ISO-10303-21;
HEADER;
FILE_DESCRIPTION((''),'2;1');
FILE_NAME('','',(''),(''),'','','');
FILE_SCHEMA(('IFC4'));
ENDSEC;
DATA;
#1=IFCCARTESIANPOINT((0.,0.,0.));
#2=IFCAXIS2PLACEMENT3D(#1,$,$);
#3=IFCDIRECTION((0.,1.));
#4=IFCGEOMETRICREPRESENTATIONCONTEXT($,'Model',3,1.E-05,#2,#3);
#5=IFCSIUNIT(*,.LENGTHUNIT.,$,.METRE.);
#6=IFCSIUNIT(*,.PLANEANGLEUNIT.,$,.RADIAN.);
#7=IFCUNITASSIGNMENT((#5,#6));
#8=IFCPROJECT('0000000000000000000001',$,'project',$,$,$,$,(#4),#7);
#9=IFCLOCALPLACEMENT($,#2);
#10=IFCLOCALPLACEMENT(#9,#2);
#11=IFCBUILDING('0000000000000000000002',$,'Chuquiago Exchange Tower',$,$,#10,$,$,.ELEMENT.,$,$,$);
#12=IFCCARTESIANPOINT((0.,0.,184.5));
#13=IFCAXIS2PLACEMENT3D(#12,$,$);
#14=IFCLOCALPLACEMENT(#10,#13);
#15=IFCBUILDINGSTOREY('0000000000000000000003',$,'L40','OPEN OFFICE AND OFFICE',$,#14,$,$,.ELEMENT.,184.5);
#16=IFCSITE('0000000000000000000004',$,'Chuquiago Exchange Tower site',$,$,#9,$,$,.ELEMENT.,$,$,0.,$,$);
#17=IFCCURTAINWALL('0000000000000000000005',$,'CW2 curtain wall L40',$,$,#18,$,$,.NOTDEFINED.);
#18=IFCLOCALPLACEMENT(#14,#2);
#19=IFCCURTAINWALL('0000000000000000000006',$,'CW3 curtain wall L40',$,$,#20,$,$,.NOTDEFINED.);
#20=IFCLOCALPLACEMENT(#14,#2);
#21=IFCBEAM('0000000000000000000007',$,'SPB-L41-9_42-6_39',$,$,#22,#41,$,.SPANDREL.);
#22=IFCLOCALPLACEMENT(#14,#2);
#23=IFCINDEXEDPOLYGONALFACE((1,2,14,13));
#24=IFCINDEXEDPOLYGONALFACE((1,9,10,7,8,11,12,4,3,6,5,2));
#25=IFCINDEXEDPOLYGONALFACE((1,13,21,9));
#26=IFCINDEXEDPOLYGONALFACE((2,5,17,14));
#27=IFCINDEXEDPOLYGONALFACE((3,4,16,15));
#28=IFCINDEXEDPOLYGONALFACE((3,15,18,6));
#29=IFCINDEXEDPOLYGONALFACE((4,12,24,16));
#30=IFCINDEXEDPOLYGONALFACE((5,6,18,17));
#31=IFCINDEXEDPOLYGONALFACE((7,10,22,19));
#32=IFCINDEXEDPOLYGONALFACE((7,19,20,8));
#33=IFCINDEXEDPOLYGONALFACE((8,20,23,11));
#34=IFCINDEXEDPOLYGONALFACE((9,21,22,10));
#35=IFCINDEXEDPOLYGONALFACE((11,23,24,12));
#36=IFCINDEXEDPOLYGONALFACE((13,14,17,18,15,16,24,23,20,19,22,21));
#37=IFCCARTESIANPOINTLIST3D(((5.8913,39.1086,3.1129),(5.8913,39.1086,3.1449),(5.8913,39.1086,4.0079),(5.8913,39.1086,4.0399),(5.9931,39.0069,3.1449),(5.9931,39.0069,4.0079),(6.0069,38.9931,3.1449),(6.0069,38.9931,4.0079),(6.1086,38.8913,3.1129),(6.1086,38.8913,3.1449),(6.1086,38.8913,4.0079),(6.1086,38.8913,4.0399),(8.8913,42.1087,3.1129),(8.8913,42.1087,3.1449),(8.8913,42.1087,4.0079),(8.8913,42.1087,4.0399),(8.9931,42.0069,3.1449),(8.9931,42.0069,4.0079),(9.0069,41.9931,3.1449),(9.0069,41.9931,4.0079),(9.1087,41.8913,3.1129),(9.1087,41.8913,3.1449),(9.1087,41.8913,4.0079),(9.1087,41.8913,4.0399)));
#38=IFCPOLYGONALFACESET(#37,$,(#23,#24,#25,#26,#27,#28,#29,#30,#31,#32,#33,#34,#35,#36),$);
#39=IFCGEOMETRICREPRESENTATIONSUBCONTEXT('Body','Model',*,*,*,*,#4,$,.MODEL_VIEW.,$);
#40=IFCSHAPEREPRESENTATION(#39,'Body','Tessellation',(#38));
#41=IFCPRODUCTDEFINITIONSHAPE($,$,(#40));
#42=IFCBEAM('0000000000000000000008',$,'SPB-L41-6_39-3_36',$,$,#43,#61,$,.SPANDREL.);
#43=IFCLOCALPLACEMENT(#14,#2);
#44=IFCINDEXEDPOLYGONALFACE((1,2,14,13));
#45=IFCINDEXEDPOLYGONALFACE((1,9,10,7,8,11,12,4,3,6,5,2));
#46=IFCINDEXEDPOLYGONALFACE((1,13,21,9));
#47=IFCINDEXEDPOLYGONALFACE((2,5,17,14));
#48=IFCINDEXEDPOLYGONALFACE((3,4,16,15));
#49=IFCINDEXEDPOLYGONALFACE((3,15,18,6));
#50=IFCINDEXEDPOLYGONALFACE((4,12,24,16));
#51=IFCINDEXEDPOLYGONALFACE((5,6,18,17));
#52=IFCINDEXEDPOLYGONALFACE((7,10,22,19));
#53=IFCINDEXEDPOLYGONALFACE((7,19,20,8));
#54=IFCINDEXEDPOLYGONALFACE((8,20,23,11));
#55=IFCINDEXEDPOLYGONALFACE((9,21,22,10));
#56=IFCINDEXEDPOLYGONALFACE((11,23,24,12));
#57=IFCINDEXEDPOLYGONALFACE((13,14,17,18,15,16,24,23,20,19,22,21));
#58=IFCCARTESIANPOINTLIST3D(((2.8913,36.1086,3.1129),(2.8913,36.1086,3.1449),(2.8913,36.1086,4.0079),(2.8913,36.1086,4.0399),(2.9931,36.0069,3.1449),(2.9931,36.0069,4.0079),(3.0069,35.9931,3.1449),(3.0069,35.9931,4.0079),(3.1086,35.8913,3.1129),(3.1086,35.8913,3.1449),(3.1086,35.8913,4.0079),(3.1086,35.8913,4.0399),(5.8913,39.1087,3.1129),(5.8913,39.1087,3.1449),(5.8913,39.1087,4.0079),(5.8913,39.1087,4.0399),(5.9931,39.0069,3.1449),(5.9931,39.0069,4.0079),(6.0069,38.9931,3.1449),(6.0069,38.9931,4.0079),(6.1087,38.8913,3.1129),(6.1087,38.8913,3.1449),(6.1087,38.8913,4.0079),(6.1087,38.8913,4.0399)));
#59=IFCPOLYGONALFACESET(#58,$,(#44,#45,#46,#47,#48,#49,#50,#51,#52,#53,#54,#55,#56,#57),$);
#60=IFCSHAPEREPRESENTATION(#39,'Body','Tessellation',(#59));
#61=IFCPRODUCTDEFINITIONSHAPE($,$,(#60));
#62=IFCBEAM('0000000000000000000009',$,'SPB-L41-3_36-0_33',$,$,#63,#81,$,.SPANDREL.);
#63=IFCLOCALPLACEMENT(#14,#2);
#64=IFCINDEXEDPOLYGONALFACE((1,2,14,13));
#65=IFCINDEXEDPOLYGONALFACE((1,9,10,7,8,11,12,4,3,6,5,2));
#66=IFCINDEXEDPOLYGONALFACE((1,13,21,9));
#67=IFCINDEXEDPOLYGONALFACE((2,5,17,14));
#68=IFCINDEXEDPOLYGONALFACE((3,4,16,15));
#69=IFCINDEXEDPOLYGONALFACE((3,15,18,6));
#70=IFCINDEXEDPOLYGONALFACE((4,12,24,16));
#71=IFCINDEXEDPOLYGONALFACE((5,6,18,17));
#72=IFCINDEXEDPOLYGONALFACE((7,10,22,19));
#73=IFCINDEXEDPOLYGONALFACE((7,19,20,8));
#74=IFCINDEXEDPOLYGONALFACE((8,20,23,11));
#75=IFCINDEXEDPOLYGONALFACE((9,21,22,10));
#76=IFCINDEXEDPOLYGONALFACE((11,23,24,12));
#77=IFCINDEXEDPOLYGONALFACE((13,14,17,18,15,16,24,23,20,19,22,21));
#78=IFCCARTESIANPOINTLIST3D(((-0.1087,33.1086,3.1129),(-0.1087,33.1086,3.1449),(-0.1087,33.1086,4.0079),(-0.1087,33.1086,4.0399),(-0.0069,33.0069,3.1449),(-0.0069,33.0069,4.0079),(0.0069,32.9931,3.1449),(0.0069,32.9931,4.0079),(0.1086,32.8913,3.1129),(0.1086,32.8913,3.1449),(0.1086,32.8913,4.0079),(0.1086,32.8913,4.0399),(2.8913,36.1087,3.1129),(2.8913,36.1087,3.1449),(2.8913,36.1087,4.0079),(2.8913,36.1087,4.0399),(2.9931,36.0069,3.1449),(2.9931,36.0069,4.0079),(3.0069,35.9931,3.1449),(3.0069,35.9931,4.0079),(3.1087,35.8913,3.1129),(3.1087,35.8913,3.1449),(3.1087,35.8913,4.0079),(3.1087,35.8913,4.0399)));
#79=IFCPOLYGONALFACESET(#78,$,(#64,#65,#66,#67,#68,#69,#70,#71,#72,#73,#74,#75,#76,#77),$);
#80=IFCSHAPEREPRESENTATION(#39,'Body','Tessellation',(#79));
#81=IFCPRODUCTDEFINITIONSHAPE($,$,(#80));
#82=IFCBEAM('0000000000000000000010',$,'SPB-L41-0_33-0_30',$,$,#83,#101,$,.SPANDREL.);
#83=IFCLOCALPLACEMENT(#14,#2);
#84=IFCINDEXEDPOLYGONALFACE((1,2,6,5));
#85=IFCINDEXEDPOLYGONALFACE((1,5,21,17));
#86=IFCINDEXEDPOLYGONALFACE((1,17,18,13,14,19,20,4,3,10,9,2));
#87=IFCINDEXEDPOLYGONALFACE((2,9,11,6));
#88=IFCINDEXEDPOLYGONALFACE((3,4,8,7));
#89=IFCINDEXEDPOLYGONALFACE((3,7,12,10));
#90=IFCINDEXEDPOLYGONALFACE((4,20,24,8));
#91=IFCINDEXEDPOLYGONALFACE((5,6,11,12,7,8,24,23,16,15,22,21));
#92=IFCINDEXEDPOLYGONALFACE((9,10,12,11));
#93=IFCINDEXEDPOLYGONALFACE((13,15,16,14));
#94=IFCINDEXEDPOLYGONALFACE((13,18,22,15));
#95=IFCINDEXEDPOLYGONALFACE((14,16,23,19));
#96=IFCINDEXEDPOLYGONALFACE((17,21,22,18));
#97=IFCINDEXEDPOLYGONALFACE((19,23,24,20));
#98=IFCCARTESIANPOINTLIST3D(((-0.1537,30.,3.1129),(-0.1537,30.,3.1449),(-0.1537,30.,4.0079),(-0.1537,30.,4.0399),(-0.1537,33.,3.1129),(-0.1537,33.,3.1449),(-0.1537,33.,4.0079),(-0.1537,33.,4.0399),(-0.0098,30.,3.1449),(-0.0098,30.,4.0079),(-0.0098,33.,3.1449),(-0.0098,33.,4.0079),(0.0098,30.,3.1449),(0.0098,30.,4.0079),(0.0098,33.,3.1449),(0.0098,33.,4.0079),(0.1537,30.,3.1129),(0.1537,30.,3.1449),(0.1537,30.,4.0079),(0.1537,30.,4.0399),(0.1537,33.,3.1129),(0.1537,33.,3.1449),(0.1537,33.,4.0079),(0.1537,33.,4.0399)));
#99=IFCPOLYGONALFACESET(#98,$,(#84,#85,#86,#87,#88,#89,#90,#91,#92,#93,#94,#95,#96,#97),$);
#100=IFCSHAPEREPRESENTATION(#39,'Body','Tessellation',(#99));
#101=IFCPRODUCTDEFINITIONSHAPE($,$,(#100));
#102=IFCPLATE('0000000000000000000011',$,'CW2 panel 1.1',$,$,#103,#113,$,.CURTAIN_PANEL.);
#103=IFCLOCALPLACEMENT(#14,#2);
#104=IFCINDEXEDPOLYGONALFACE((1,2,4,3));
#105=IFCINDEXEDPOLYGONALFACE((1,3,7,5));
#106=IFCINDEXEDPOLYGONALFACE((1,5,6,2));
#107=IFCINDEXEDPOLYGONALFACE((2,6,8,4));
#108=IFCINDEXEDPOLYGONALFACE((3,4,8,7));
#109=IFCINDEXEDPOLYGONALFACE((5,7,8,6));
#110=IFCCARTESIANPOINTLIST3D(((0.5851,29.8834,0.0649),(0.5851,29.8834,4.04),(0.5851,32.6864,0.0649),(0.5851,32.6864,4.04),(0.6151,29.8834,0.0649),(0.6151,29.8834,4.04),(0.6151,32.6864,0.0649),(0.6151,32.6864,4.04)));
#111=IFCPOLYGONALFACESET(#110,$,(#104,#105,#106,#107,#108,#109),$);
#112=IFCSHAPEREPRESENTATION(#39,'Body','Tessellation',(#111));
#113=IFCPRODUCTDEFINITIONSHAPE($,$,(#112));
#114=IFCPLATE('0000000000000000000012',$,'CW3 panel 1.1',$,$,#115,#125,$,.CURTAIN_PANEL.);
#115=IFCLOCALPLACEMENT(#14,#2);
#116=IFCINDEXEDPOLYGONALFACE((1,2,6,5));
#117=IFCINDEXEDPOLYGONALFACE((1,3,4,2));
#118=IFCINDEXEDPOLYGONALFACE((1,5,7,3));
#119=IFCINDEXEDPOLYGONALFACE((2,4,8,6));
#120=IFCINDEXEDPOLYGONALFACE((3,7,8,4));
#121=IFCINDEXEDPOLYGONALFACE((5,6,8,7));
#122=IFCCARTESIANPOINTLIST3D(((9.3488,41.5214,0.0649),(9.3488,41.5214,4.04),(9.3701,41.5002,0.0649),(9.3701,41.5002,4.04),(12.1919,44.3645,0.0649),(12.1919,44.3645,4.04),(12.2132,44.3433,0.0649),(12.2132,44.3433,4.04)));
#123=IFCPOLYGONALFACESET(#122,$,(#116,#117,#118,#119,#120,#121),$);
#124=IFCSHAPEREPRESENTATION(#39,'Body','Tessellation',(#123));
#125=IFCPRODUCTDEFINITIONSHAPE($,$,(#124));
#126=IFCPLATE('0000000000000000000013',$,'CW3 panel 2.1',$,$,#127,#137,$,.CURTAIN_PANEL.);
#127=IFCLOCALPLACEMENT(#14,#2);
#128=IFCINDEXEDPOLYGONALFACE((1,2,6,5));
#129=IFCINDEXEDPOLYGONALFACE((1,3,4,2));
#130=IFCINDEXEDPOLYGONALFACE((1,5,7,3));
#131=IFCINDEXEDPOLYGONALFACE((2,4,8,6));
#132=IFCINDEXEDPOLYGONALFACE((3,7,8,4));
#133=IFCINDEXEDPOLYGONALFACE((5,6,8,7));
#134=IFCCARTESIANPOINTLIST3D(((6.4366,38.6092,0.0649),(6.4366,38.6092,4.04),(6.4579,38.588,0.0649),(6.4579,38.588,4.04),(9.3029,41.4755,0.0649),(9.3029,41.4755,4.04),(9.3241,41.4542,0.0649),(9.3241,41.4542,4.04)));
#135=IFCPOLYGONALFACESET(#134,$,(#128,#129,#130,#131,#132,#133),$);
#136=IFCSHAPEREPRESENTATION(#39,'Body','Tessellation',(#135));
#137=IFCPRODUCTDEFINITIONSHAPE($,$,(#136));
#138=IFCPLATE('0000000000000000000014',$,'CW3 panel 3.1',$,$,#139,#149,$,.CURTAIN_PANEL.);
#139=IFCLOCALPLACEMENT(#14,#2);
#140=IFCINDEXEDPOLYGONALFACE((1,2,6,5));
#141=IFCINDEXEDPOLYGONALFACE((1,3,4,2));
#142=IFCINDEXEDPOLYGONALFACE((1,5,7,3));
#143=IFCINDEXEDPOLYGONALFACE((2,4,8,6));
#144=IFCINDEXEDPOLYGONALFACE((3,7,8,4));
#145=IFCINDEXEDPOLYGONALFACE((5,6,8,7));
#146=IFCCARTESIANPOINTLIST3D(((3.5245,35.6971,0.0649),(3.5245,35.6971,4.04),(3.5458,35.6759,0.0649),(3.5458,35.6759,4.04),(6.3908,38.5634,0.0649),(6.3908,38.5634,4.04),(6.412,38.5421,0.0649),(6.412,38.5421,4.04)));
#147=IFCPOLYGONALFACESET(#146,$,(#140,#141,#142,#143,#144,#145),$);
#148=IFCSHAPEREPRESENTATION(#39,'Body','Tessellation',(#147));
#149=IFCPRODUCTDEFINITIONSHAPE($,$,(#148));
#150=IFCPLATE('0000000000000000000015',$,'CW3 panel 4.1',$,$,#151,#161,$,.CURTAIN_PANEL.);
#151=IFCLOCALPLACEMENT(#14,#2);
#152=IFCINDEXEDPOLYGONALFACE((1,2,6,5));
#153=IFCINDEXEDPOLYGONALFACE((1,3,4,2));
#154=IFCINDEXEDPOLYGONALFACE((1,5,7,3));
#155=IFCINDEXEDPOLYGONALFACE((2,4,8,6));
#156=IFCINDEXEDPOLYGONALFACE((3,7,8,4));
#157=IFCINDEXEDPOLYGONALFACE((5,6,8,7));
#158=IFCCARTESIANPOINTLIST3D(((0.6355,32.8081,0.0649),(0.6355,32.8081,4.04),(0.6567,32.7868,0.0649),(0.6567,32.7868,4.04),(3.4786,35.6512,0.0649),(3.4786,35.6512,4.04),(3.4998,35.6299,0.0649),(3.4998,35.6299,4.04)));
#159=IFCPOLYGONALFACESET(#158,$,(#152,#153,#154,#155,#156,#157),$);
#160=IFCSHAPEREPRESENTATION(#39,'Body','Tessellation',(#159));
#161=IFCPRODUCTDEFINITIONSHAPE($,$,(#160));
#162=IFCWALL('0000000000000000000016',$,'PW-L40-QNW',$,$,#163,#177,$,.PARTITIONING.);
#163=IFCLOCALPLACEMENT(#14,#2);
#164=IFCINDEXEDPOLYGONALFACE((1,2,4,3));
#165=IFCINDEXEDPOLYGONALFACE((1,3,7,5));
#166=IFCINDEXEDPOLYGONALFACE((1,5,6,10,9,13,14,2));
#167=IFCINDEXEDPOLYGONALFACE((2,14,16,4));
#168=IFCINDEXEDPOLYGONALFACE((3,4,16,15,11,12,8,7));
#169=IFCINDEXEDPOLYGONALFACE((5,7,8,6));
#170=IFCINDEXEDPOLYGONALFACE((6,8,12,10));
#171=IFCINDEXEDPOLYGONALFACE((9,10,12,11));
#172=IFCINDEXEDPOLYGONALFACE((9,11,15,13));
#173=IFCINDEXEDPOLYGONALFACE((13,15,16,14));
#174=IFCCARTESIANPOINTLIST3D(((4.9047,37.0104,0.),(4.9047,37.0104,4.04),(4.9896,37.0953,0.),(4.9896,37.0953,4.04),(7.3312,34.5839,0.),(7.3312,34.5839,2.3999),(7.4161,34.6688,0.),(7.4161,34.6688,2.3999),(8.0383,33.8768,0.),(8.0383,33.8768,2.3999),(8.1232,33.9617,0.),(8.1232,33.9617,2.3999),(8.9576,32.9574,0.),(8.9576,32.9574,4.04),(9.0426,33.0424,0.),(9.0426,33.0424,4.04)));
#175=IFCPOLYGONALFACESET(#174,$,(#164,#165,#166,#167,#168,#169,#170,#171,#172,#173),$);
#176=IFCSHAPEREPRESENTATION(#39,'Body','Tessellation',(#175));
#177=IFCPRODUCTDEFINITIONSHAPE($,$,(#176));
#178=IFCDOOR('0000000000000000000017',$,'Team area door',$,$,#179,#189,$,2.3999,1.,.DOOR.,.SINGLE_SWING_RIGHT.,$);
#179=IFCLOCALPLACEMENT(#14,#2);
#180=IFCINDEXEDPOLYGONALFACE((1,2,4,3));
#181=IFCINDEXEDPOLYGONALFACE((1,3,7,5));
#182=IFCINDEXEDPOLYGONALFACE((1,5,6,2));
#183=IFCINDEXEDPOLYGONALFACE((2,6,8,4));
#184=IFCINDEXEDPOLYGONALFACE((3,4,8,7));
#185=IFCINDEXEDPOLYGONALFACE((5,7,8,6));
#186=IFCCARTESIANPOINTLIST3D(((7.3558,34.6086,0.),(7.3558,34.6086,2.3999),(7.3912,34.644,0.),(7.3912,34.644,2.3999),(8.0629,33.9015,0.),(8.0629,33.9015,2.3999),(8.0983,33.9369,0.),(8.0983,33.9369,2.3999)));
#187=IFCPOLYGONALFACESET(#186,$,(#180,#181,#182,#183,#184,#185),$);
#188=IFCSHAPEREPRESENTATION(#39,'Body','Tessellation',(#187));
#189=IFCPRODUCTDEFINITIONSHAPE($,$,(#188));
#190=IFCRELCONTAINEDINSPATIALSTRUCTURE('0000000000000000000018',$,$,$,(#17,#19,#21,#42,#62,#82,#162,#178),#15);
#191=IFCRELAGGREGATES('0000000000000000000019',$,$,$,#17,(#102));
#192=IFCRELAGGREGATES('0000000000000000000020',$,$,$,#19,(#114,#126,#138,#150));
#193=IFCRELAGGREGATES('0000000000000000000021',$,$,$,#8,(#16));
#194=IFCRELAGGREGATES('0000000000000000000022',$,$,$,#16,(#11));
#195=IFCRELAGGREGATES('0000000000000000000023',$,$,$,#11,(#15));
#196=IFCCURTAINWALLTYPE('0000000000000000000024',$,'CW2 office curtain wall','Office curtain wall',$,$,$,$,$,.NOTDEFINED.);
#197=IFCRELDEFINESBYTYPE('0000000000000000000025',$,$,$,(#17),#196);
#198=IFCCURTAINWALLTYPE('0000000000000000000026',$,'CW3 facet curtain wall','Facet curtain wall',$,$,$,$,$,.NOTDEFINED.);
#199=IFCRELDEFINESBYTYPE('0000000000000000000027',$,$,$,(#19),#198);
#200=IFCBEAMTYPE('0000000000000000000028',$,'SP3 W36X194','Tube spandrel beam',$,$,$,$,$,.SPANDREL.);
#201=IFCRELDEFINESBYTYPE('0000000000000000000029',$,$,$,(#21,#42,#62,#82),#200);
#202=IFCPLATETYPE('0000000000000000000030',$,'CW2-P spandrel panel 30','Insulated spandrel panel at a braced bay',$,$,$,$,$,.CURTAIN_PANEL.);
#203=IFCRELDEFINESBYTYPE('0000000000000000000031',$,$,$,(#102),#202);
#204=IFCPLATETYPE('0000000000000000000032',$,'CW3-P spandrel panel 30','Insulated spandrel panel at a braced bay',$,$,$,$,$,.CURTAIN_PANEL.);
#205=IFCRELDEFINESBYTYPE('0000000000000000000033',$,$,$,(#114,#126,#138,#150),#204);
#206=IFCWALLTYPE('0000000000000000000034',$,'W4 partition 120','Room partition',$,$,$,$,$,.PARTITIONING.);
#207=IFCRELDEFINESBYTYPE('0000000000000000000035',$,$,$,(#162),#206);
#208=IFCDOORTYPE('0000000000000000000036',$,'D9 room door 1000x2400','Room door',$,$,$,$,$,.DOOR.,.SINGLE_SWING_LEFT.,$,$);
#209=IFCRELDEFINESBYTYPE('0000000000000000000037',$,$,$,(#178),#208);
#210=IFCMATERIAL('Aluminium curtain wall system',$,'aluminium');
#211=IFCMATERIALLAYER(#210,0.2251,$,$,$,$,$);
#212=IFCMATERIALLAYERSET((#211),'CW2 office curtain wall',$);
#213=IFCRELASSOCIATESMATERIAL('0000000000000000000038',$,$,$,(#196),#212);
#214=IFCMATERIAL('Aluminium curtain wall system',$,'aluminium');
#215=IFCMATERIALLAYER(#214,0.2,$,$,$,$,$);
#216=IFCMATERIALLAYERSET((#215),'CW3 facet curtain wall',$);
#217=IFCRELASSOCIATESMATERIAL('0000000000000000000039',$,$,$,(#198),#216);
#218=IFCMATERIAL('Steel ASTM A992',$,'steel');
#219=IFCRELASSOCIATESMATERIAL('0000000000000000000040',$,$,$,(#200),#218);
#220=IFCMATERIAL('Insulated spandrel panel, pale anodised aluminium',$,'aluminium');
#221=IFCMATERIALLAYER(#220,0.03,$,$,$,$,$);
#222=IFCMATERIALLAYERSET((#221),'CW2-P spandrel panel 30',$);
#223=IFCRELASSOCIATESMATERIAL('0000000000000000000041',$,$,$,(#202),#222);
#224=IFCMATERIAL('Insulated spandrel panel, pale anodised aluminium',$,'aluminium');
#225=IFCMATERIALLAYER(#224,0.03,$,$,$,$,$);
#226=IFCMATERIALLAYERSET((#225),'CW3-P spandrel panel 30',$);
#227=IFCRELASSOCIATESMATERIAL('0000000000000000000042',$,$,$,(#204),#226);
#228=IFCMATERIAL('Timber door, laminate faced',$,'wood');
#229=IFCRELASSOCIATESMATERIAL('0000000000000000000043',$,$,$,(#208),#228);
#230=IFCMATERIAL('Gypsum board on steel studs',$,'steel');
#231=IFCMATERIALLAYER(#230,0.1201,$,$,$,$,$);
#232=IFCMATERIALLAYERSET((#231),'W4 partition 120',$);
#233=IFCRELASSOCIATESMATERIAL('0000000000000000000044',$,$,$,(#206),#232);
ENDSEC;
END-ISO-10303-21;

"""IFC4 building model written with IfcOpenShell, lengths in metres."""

from ifc_helpers import new_model, si_unit, direction, frame, frame_2d, origin, origin_2d, place, context, subcontext, project, spatial, rectangle, i_section, extrude, material, layer, layer_set, material_profile, profile_set, type_object, element, fill, aggregate, save


model = new_model("IFC4")

# Units and contexts
model_context = context("Model", 3, precision=1e-05, world=origin(), true_north=direction((0.0, 1.0)))
body_context = subcontext(model_context, "Body", "Model", "MODEL_VIEW")
ifc_project = project(units=[si_unit("LENGTHUNIT", "METRE"), si_unit("PLANEANGLEUNIT", "RADIAN")], contexts=[model_context])

# Site, building, storey
site_placement = place(None, origin())
site = spatial("IfcSite", under=ifc_project, at=site_placement, Name="Chuquiago Exchange Tower site", CompositionType="ELEMENT", RefElevation=0.0)
building_placement = place(site_placement, origin())
building = spatial("IfcBuilding", under=site, at=building_placement, Name="Chuquiago Exchange Tower", CompositionType="ELEMENT")
storey_placement = place(building_placement, frame((0.0, 0.0, 184.5)))
storey = spatial("IfcBuildingStorey", under=building, at=storey_placement, Name="L40", Description="OPEN OFFICE AND OFFICE", CompositionType="ELEMENT", Elevation=184.5)

# Curtain walls
ifc_material_1 = material(Name="Aluminium curtain wall system", Category="aluminium")
ifc_layer_1 = layer(ifc_material_1, 0.2251)
ifc_layer_set_1 = layer_set([ifc_layer_1], Name="CW2 office curtain wall")
curtain_wall_type_1 = type_object("IfcCurtainWallType", Name="CW2 office curtain wall", Description="Office curtain wall", PredefinedType="NOTDEFINED", material=ifc_layer_set_1)
curtain_wall_1_placement = place(storey_placement, origin())
curtain_wall_1 = element("IfcCurtainWall", 1, at=curtain_wall_1_placement, inside=storey, type_object=curtain_wall_type_1, Name="CW2 curtain wall L40", PredefinedType="NOTDEFINED")
ifc_material_2 = material(Name="Aluminium curtain wall system", Category="aluminium")
ifc_layer_2 = layer(ifc_material_2, 0.2)
ifc_layer_set_2 = layer_set([ifc_layer_2], Name="CW3 facet curtain wall")
curtain_wall_type_2 = type_object("IfcCurtainWallType", Name="CW3 facet curtain wall", Description="Facet curtain wall", PredefinedType="NOTDEFINED", material=ifc_layer_set_2)
curtain_wall_2_placement = place(storey_placement, origin())
curtain_wall_2 = element("IfcCurtainWall", 2, at=curtain_wall_2_placement, inside=storey, type_object=curtain_wall_type_2, Name="CW3 curtain wall L40", PredefinedType="NOTDEFINED")

# Beams
ifc_material_3 = material(Name="Steel ASTM A992", Category="steel")
ifc_material_profile_1 = material_profile(ifc_material_3, i_section(OverallWidth=0.3074, OverallDepth=0.927, WebThickness=0.0195, FlangeThickness=0.032, at=origin_2d()), Name="W36X194")
ifc_profile_set_1 = profile_set([ifc_material_profile_1], Name="Steel ASTM A992")
beam_type_1 = type_object("IfcBeamType", Name="SP3 W36X194", Description="Tube spandrel beam", PredefinedType="SPANDREL", material=ifc_profile_set_1)
for number, where, z_axis, x_axis, name in (
    (3, (9.0, 42.0, 3.5764), (-0.707107, -0.707107, 0.0), (0.707107, -0.707107, 0.0), "SPB-L41-9_42-6_39"),
    (4, (6.0, 39.0, 3.5764), (-0.707107, -0.707107, 0.0), (0.707107, -0.707107, 0.0), "SPB-L41-6_39-3_36"),
    (5, (3.0, 36.0, 3.5764), (-0.707107, -0.707107, 0.0), (0.707107, -0.707107, 0.0), "SPB-L41-3_36-0_33"),
):
    element("IfcBeam", number, at=place(storey_placement, frame(where, z_axis=z_axis, x_axis=x_axis)), inside=storey, type_object=beam_type_1, Name=name, PredefinedType="SPANDREL", context=body_context, shape_type="SweptSolid", body=[
        extrude(i_section(OverallWidth=0.3074, OverallDepth=0.927, WebThickness=0.0195, FlangeThickness=0.032, at=origin_2d()), origin(), (0.0, 0.0, 1.0), 4.2427),
    ])
beam_1_placement = place(storey_placement, frame((0.0, 33.0, 3.5764), z_axis=(0.0, -1.0, 0.0), x_axis=(1.0, 0.0, 0.0)))
element("IfcBeam", 6, at=beam_1_placement, inside=storey, type_object=beam_type_1, Name="SPB-L41-0_33-0_30", PredefinedType="SPANDREL", context=body_context, shape_type="SweptSolid", body=[
    extrude(i_section(OverallWidth=0.3074, OverallDepth=0.927, WebThickness=0.0195, FlangeThickness=0.032, at=origin_2d()), origin(), (0.0, 0.0, 1.0), 3.0),
])

# Plates
ifc_material_4 = material(Name="Insulated spandrel panel, pale anodised aluminium", Category="aluminium")
ifc_layer_3 = layer(ifc_material_4, 0.03)
ifc_layer_set_3 = layer_set([ifc_layer_3], Name="CW2-P spandrel panel 30")
plate_type_1 = type_object("IfcPlateType", Name="CW2-P spandrel panel 30", Description="Insulated spandrel panel at a braced bay", PredefinedType="CURTAIN_PANEL", material=ifc_layer_set_3)
plate_1_placement = place(storey_placement, frame((0.6001, 31.2849, 0.0649), z_axis=(0.0, 0.0, 1.0), x_axis=(0.0, -1.0, 0.0)))
plate_1 = element("IfcPlate", 7, at=plate_1_placement, type_object=plate_type_1, Name="CW2 panel 1.1", PredefinedType="CURTAIN_PANEL", context=body_context, shape_type="SweptSolid", body=[
    extrude(rectangle(XDim=2.803, YDim=0.03, at=origin_2d()), origin(), (0.0, 0.0, 1.0), 3.9751),
])
aggregate(curtain_wall_1, [plate_1])
ifc_material_5 = material(Name="Insulated spandrel panel, pale anodised aluminium", Category="aluminium")
ifc_layer_4 = layer(ifc_material_5, 0.03)
ifc_layer_set_4 = layer_set([ifc_layer_4], Name="CW3-P spandrel panel 30")
plate_type_2 = type_object("IfcPlateType", Name="CW3-P spandrel panel 30", Description="Insulated spandrel panel at a braced bay", PredefinedType="CURTAIN_PANEL", material=ifc_layer_set_4)
plate_2_placement = place(storey_placement, frame((10.781, 42.9324, 0.0649), z_axis=(0.0, 0.0, 1.0), x_axis=(-0.707107, -0.707107, 0.0)))
plate_2 = element("IfcPlate", 8, at=plate_2_placement, type_object=plate_type_2, Name="CW3 panel 1.1", PredefinedType="CURTAIN_PANEL", context=body_context, shape_type="SweptSolid", body=[
    extrude(rectangle(XDim=4.0208, YDim=0.03, at=origin_2d()), origin(), (0.0, 0.0, 1.0), 3.9751),
])
plate_3_placement = place(storey_placement, frame((7.8804, 40.0317, 0.0649), z_axis=(0.0, 0.0, 1.0), x_axis=(-0.707107, -0.707107, 0.0)))
plate_3 = element("IfcPlate", 9, at=plate_3_placement, type_object=plate_type_2, Name="CW3 panel 2.1", PredefinedType="CURTAIN_PANEL", context=body_context, shape_type="SweptSolid", body=[
    extrude(rectangle(XDim=4.0535, YDim=0.03, at=origin_2d()), origin(), (0.0, 0.0, 1.0), 3.9751),
])
plate_4_placement = place(storey_placement, frame((4.9683, 37.1196, 0.0649), z_axis=(0.0, 0.0, 1.0), x_axis=(-0.707107, -0.707107, 0.0)))
plate_4 = element("IfcPlate", 10, at=plate_4_placement, type_object=plate_type_2, Name="CW3 panel 3.1", PredefinedType="CURTAIN_PANEL", context=body_context, shape_type="SweptSolid", body=[
    extrude(rectangle(XDim=4.0535, YDim=0.03, at=origin_2d()), origin(), (0.0, 0.0, 1.0), 3.9751),
])
plate_5_placement = place(storey_placement, frame((2.0676, 34.219, 0.0649), z_axis=(0.0, 0.0, 1.0), x_axis=(-0.707107, -0.707107, 0.0)))
plate_5 = element("IfcPlate", 11, at=plate_5_placement, type_object=plate_type_2, Name="CW3 panel 4.1", PredefinedType="CURTAIN_PANEL", context=body_context, shape_type="SweptSolid", body=[
    extrude(rectangle(XDim=4.0208, YDim=0.03, at=origin_2d()), origin(), (0.0, 0.0, 1.0), 3.9751),
])
aggregate(curtain_wall_2, [plate_2, plate_3, plate_4, plate_5])

# Wall, opening, door
ifc_material_6 = material(Name="Timber door, laminate faced", Category="wood")
door_type = type_object("IfcDoorType", Name="D9 room door 1000x2400", Description="Room door", OperationType="SINGLE_SWING_LEFT", PredefinedType="DOOR", material=ifc_material_6)
ifc_material_7 = material(Name="Gypsum board on steel studs", Category="steel")
ifc_layer_5 = layer(ifc_material_7, 0.1201)
ifc_layer_set_5 = layer_set([ifc_layer_5], Name="W4 partition 120")
wall_type_1 = type_object("IfcWallType", Name="W4 partition 120", Description="Room partition", PredefinedType="PARTITIONING", material=ifc_layer_set_5)
wall_1_placement = place(storey_placement, frame((9.0, 33.0, 0.0), z_axis=(0.0, 0.0, 1.0), x_axis=(-0.707107, 0.707107, 0.0)))
wall_1 = element("IfcWall", 12, at=wall_1_placement, inside=storey, type_object=wall_type_1, Name="PW-L40-QNW", PredefinedType="PARTITIONING", context=body_context, shape_type="SweptSolid", body=[
    extrude(rectangle(XDim=5.7317, YDim=0.1201, at=frame_2d((2.8657, 0.0))), origin(), (0.0, 0.0, 1.0), 4.04),
])
opening_1_placement = place(wall_1_placement, frame((1.3, 0.0, 0.0)))
opening_1 = element("IfcOpeningElement", 13, at=opening_1_placement, cuts=wall_1, PredefinedType="OPENING", context=body_context, shape_type="SweptSolid", body=[
    extrude(rectangle(XDim=1.0, YDim=2.3999, at=frame_2d((0.5, 1.2))), frame((0.0, 0.0701, 0.0), z_axis=(0.0, -1.0, 0.0), x_axis=(1.0, 0.0, 0.0)), (0.0, 0.0, 1.0), 0.1401),
])
door_1_placement = place(opening_1_placement, frame((1.0, 0.0, 0.0), z_axis=(0.0, 0.0, 1.0), x_axis=(-1.0, 0.0, 0.0)))
door_1 = element("IfcDoor", 14, at=door_1_placement, inside=storey, type_object=door_type, Name="Team area door", OperationType="SINGLE_SWING_RIGHT", OverallHeight=2.3999, OverallWidth=1.0, PredefinedType="DOOR", context=body_context, shape_type="SweptSolid", body=[
    extrude(rectangle(XDim=1.0, YDim=2.3999, at=frame_2d((0.5, 1.2))), frame((0.0, 0.0249, 0.0), z_axis=(0.0, -1.0, 0.0), x_axis=(1.0, 0.0, 0.0)), (0.0, 0.0, 1.0), 0.05),
])
fill(opening_1, door_1)

save(model, "model.ifc")
